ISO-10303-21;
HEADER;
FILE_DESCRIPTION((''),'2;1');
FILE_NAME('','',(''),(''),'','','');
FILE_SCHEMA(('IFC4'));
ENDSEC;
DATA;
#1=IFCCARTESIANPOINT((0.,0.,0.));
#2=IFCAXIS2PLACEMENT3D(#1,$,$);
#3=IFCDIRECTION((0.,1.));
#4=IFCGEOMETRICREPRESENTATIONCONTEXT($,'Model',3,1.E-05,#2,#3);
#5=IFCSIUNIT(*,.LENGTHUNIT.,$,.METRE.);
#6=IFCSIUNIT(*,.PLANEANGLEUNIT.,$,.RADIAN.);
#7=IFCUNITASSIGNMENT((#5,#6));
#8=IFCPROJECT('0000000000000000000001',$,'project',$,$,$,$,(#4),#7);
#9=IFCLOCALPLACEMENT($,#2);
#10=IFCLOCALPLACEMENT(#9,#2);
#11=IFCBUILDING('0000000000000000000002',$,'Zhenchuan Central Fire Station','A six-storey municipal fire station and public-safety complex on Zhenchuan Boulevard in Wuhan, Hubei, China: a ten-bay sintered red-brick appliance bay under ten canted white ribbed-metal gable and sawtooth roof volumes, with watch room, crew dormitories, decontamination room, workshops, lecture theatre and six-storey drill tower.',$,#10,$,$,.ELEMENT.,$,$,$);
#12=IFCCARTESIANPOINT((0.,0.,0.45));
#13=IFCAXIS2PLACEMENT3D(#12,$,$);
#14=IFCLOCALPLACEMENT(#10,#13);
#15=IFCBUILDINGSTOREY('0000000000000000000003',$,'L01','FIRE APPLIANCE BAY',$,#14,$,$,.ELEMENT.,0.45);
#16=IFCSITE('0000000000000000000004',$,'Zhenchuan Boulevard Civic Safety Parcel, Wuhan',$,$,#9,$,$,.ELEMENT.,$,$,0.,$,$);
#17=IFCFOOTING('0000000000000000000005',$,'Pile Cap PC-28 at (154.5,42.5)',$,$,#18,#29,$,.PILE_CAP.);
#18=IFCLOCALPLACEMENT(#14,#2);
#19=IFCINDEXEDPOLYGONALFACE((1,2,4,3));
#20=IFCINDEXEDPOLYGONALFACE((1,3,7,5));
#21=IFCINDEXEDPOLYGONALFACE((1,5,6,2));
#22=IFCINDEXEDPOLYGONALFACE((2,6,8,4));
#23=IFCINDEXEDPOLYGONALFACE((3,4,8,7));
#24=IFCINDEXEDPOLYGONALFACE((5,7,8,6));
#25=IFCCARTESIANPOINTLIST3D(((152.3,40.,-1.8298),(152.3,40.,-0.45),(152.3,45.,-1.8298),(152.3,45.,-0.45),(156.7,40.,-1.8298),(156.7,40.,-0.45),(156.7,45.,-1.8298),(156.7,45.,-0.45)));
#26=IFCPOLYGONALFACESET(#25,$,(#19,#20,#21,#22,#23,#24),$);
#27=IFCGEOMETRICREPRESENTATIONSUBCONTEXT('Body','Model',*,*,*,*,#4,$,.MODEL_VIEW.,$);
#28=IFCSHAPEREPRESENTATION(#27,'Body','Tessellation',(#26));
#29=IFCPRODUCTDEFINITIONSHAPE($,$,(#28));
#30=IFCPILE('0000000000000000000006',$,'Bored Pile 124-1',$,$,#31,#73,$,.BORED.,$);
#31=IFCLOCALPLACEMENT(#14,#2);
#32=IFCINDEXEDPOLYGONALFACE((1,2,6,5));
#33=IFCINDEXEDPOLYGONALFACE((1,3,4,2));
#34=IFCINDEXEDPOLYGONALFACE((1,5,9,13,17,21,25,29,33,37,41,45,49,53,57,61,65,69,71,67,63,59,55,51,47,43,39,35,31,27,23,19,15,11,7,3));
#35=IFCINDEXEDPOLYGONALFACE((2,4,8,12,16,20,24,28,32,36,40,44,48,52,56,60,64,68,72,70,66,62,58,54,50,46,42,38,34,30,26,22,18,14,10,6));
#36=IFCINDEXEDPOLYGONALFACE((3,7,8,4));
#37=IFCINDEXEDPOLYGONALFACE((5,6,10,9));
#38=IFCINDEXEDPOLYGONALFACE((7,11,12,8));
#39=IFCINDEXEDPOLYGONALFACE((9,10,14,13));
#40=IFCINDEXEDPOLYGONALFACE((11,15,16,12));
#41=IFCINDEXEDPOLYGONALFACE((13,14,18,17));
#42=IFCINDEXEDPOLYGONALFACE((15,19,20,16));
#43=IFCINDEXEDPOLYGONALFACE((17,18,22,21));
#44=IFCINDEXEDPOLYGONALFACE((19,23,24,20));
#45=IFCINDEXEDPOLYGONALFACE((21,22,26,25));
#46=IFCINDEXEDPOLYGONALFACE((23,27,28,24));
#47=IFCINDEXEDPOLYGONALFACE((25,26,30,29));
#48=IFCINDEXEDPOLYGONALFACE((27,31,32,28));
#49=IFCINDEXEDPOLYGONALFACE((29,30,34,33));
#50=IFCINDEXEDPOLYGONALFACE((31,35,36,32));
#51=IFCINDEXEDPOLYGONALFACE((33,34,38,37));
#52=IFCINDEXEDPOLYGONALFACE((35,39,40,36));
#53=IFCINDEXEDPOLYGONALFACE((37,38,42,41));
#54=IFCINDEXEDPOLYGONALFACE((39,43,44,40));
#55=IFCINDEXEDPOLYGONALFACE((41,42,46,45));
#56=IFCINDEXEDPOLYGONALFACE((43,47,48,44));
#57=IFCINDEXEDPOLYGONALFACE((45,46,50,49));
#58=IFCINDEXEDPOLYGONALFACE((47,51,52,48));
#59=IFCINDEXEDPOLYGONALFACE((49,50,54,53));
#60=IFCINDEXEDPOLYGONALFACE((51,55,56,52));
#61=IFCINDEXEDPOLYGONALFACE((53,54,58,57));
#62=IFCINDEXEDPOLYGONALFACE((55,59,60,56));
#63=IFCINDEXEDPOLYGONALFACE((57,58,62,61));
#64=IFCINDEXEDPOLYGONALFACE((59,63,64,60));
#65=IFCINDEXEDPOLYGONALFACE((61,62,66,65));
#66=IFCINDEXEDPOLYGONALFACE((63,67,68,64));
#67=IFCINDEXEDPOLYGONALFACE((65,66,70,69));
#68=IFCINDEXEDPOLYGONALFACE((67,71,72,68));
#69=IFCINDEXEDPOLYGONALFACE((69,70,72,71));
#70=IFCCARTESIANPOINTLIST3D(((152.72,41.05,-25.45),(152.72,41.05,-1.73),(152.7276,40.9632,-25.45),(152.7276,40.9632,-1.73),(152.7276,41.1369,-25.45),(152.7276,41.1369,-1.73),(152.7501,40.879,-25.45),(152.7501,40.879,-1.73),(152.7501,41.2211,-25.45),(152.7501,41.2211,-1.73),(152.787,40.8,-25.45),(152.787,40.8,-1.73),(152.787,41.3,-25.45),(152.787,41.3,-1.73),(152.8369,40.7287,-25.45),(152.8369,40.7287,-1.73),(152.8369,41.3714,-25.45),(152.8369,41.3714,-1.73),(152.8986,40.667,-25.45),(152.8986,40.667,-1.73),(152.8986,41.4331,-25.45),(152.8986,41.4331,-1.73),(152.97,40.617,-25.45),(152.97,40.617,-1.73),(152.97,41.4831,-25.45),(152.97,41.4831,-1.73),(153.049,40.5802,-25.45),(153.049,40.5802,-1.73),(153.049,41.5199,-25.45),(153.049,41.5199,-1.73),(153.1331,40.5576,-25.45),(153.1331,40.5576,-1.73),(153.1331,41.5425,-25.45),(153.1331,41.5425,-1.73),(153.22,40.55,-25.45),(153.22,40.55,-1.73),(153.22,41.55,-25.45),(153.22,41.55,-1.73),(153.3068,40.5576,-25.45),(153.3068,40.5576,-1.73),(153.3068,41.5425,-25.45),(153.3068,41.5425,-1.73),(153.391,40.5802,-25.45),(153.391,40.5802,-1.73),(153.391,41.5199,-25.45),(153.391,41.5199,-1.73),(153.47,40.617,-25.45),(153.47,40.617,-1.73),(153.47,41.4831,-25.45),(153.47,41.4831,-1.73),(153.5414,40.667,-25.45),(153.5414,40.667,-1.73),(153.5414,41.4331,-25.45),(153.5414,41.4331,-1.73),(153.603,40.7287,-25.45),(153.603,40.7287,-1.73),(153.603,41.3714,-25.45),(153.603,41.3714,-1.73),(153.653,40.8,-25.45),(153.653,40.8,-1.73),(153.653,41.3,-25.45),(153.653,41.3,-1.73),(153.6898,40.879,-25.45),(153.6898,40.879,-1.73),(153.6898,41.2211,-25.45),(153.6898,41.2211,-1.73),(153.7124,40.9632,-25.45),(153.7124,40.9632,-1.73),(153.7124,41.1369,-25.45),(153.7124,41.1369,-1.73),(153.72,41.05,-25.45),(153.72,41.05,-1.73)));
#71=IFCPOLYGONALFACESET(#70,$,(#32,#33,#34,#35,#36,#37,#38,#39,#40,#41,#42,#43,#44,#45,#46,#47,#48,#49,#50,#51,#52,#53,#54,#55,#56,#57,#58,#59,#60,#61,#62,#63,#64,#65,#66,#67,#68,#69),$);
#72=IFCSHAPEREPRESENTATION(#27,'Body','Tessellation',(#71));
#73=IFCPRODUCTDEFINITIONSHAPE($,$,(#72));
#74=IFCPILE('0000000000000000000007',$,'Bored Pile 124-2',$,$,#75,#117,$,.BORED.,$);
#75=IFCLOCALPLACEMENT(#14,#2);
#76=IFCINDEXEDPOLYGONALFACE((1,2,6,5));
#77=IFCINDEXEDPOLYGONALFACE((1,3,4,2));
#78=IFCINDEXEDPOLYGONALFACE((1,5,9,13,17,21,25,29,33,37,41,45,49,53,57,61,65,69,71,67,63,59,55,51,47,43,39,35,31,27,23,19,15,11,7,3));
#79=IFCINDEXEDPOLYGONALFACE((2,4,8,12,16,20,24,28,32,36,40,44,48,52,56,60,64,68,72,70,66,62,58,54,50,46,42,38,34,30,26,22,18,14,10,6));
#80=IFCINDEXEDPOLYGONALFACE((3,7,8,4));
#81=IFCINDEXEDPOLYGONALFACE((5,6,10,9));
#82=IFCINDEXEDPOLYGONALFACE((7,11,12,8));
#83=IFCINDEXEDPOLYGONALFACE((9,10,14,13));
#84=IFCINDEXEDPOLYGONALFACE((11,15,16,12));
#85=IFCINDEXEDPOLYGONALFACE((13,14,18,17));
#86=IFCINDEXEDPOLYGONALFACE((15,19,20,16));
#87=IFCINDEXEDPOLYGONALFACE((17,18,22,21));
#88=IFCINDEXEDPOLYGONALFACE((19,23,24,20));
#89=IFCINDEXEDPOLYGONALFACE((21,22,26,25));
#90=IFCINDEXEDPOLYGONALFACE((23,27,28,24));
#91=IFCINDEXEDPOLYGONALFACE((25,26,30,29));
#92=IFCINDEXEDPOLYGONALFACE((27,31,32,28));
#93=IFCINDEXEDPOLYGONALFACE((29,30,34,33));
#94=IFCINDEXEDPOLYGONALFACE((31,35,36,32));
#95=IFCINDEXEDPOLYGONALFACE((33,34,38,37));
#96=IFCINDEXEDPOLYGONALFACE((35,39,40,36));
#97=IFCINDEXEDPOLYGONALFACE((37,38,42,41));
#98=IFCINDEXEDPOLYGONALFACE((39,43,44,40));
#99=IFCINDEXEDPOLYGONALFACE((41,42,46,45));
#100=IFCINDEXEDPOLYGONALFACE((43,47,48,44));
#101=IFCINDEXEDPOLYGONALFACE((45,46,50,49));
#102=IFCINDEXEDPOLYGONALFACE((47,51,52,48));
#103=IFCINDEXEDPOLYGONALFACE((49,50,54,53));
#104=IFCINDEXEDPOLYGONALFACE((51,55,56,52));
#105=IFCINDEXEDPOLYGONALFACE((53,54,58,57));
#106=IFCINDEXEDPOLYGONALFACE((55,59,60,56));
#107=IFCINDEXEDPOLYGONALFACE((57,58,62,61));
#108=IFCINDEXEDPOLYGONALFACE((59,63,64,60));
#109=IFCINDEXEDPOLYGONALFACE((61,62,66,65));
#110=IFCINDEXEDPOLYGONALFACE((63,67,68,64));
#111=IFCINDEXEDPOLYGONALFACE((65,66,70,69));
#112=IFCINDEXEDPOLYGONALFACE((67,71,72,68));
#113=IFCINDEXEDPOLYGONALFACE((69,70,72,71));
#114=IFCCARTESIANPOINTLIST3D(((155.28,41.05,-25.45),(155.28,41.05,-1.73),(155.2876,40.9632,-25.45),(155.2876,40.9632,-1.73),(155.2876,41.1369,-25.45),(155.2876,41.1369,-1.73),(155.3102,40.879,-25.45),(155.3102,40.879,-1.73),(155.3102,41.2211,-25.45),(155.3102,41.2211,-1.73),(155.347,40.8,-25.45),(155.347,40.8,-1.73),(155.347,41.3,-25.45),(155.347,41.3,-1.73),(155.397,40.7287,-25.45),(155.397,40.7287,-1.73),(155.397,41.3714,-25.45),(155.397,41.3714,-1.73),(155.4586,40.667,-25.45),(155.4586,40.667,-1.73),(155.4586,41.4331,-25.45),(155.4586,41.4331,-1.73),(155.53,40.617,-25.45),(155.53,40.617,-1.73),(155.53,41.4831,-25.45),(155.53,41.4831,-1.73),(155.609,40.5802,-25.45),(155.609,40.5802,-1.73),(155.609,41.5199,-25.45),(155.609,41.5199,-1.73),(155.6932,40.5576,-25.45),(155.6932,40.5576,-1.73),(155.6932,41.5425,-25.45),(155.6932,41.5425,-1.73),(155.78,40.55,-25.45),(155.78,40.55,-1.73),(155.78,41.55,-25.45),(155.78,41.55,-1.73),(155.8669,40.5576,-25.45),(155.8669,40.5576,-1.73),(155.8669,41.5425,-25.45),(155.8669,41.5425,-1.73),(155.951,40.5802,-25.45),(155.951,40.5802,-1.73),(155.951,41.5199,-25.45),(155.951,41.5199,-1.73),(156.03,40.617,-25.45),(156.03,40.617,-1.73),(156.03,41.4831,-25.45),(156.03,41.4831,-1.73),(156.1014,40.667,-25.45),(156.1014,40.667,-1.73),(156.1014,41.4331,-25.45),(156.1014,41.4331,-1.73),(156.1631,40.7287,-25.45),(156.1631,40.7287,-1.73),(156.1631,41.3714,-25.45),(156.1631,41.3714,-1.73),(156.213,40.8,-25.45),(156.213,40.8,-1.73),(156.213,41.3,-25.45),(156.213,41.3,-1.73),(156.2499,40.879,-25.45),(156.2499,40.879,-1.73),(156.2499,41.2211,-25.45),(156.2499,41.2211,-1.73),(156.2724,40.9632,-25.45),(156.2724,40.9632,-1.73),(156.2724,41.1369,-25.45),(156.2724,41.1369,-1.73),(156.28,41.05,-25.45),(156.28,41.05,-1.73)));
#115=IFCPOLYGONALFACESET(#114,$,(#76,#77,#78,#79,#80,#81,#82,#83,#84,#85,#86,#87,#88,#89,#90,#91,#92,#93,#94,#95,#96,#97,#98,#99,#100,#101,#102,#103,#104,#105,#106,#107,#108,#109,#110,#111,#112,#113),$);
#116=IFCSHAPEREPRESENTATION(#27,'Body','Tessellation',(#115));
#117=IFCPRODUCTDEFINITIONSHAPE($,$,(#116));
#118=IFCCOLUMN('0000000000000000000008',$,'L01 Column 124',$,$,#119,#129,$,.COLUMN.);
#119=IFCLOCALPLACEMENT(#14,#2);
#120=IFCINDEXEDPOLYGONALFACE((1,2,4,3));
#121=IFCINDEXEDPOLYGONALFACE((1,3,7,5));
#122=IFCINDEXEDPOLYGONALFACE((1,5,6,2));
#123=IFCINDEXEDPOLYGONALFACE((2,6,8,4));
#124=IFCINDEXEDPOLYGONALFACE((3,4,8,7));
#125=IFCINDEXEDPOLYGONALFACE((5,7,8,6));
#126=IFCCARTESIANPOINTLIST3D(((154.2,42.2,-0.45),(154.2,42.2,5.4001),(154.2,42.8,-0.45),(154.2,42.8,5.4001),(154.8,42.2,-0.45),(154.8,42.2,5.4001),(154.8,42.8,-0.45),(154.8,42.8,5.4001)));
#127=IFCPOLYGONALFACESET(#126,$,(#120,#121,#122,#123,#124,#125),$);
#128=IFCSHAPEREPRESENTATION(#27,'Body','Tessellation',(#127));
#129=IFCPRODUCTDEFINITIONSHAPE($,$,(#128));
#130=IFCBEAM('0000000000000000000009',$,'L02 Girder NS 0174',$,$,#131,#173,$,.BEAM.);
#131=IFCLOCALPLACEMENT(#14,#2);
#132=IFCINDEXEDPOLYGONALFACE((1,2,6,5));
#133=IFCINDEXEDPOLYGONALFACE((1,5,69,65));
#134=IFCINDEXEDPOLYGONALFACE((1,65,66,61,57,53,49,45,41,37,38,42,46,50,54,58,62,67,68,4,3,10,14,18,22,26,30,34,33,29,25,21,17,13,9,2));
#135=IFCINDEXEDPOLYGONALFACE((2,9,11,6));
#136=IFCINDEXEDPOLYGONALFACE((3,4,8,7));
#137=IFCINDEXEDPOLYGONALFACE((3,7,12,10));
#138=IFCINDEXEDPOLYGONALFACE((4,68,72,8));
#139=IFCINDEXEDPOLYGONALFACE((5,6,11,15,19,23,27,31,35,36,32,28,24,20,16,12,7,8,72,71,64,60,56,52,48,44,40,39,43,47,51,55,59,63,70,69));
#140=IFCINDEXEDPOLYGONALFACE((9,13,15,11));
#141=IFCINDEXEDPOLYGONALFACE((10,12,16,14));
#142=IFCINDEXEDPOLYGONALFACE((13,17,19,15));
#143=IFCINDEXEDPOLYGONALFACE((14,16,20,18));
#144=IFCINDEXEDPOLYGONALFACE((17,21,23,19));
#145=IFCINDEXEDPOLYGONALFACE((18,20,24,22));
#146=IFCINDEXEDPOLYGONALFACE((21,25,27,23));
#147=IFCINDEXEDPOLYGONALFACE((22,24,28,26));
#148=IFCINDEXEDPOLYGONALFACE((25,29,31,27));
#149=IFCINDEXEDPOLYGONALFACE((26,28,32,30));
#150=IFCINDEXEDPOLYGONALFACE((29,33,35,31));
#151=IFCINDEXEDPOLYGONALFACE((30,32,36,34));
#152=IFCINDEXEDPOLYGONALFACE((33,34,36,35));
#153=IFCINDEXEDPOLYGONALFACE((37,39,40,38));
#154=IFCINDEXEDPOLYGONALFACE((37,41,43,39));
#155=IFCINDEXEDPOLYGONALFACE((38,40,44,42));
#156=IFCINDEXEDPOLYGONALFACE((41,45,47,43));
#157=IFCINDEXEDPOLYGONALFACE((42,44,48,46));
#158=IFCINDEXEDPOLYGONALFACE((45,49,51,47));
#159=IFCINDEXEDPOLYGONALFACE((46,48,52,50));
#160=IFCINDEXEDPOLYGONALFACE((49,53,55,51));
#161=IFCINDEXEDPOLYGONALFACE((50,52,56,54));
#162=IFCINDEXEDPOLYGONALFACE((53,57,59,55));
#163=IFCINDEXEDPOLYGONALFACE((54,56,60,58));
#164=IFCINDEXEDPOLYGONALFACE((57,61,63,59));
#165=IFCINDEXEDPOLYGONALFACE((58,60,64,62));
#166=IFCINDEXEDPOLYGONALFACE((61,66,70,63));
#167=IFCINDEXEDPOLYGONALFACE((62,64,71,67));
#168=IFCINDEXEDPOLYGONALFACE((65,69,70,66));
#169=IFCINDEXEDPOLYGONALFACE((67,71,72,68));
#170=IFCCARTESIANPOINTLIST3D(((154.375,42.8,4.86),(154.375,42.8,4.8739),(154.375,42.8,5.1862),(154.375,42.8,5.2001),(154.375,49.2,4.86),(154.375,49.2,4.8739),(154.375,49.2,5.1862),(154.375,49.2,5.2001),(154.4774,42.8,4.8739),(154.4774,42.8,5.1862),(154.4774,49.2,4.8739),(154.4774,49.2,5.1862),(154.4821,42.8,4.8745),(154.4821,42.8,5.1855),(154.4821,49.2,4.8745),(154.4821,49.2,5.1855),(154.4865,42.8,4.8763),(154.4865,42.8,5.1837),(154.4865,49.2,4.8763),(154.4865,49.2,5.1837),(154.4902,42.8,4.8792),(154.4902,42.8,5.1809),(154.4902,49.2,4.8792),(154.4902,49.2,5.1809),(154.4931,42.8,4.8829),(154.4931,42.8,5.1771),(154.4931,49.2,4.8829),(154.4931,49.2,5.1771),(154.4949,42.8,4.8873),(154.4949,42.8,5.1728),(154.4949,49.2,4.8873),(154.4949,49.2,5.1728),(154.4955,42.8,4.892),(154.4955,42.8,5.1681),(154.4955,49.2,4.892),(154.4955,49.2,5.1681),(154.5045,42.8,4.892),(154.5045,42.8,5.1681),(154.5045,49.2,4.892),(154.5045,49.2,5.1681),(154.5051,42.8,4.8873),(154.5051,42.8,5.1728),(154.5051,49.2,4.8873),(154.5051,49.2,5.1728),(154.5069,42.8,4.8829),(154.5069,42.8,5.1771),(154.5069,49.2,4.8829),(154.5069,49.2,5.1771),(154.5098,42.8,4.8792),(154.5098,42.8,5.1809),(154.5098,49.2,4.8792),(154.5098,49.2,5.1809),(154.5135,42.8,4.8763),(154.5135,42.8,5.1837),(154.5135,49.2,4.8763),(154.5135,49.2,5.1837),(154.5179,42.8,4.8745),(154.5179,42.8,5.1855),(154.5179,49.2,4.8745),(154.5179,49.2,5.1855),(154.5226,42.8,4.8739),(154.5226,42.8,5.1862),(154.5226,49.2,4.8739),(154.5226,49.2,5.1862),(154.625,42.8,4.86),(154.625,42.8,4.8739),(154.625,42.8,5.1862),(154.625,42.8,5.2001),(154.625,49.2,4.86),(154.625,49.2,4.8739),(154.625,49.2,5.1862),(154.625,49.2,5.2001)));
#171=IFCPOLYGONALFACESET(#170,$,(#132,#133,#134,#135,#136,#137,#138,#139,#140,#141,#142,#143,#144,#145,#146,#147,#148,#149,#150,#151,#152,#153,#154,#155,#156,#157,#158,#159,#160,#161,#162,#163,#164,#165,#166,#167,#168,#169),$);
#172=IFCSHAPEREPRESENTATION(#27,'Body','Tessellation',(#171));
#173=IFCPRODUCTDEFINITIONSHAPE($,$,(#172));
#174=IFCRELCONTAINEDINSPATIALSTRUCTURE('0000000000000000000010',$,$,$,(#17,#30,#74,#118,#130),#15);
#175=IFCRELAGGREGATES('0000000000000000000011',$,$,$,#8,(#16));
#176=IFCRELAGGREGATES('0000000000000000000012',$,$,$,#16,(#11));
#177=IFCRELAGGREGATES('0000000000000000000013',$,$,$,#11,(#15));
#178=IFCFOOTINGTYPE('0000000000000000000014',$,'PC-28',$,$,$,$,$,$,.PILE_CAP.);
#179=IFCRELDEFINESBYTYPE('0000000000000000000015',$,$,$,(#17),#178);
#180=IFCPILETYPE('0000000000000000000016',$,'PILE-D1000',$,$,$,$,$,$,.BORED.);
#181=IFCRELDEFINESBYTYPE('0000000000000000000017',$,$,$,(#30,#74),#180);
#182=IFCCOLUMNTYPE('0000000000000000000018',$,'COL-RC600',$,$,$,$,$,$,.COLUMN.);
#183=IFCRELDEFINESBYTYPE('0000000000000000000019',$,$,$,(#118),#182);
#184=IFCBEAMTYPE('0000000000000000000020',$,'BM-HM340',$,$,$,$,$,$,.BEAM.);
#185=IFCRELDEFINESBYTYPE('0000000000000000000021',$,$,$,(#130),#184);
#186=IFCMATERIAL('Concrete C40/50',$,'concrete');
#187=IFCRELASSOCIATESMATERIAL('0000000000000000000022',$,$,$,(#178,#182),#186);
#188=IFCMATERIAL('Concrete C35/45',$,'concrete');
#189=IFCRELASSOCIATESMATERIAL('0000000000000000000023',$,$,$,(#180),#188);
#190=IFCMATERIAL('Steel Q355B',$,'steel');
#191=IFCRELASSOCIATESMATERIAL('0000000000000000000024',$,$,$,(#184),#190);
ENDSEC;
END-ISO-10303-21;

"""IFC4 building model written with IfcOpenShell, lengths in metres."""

from ifc_helpers import new_model, si_unit, direction, frame, origin, origin_2d, place, context, subcontext, project, spatial, rectangle, circle, i_section, extrude, material, material_profile, profile_set, type_object, element, save


model = new_model("IFC4")

# Units and contexts
model_context = context("Model", 3, precision=1e-05, world=origin(), true_north=direction((0.0, 1.0)))
body_context = subcontext(model_context, "Body", "Model", "MODEL_VIEW")
ifc_project = project(units=[si_unit("LENGTHUNIT", "METRE"), si_unit("PLANEANGLEUNIT", "RADIAN")], contexts=[model_context])

# Site, building, storey
site_placement = place(None, origin())
site = spatial("IfcSite", under=ifc_project, at=site_placement, Name="Zhenchuan Boulevard Civic Safety Parcel, Wuhan", CompositionType="ELEMENT", RefElevation=0.0)
building_placement = place(site_placement, origin())
building = spatial("IfcBuilding", under=site, at=building_placement, Name="Zhenchuan Central Fire Station", Description="A six-storey municipal fire station and public-safety complex on Zhenchuan Boulevard in Wuhan, Hubei, China: a ten-bay sintered red-brick appliance bay under ten canted white ribbed-metal gable and sawtooth roof volumes, with watch room, crew dormitories, decontamination room, workshops, lecture theatre and six-storey drill tower.", CompositionType="ELEMENT")
storey_placement = place(building_placement, frame((0.0, 0.0, 0.45)))
storey = spatial("IfcBuildingStorey", under=building, at=storey_placement, Name="L01", Description="FIRE APPLIANCE BAY", CompositionType="ELEMENT", Elevation=0.45)

# Footing
ifc_material_1 = material(Name="Concrete C40/50", Category="concrete")
footing_type = type_object("IfcFootingType", Name="PC-28", PredefinedType="PILE_CAP", material=ifc_material_1)
footing_placement = place(storey_placement, frame((154.5, 42.5, -1.8298), z_axis=(0.0, 0.0, 1.0), x_axis=(1.0, 0.0, 0.0)))
element("IfcFooting", 1, at=footing_placement, inside=storey, type_object=footing_type, Name="Pile Cap PC-28 at (154.5,42.5)", PredefinedType="PILE_CAP", context=body_context, shape_type="SweptSolid", body=[
    extrude(rectangle(XDim=4.3999, YDim=5.0, at=origin_2d()), origin(), (0.0, 0.0, 1.0), 1.3799),
])

# Piles
ifc_material_2 = material(Name="Concrete C35/45", Category="concrete")
ifc_material_profile_1 = material_profile(ifc_material_2, circle(Radius=0.5, at=origin_2d()), Name="PILE D1000")
ifc_profile_set_1 = profile_set([ifc_material_profile_1], Name="Concrete C35/45")
pile_type = type_object("IfcPileType", Name="PILE-D1000", PredefinedType="BORED", material=ifc_profile_set_1)
for number, where, z_axis, x_axis, name in (
    (2, (153.22, 41.05, -1.73), (0.0, 0.0, -1.0), (1.0, 0.0, 0.0), "Bored Pile 124-1"),
    (3, (155.78, 41.05, -1.73), (0.0, 0.0, -1.0), (1.0, 0.0, 0.0), "Bored Pile 124-2"),
):
    element("IfcPile", number, at=place(storey_placement, frame(where, z_axis=z_axis, x_axis=x_axis)), inside=storey, type_object=pile_type, Name=name, PredefinedType="BORED", context=body_context, shape_type="SweptSolid", body=[
        extrude(circle(Radius=0.5, at=origin_2d()), origin(), (0.0, 0.0, 1.0), 23.72),
    ])

# Column
ifc_material_profile_2 = material_profile(ifc_material_1, rectangle(XDim=0.6001, YDim=0.6001, at=origin_2d()), Name="RC 600x600")
ifc_profile_set_2 = profile_set([ifc_material_profile_2], Name="Concrete C40/50")
column_type = type_object("IfcColumnType", Name="COL-RC600", PredefinedType="COLUMN", material=ifc_profile_set_2)
column_placement = place(storey_placement, frame((154.5, 42.5, -0.45), z_axis=(0.0, 0.0, 1.0), x_axis=(1.0, 0.0, 0.0)))
element("IfcColumn", 4, at=column_placement, inside=storey, type_object=column_type, Name="L01 Column 124", PredefinedType="COLUMN", context=body_context, shape_type="SweptSolid", body=[
    extrude(rectangle(XDim=0.6001, YDim=0.6001, at=origin_2d()), origin(), (0.0, 0.0, 1.0), 5.8501),
])

# Beam
ifc_material_3 = material(Name="Steel Q355B", Category="steel")
ifc_material_profile_3 = material_profile(ifc_material_3, i_section(OverallWidth=0.25, OverallDepth=0.3401, WebThickness=0.009, FlangeThickness=0.0139, FilletRadius=0.0181, at=origin_2d()), Name="HM 340x250")
ifc_profile_set_3 = profile_set([ifc_material_profile_3], Name="Steel Q355B")
beam_type_1 = type_object("IfcBeamType", Name="BM-HM340", PredefinedType="BEAM", material=ifc_profile_set_3)
beam_1_placement = place(storey_placement, frame((154.5, 42.8, 5.03), z_axis=(0.0, 1.0, 0.0), x_axis=(-1.0, 0.0, 0.0)))
element("IfcBeam", 5, at=beam_1_placement, inside=storey, type_object=beam_type_1, Name="L02 Girder NS 0174", PredefinedType="BEAM", context=body_context, shape_type="SweptSolid", body=[
    extrude(i_section(OverallWidth=0.25, OverallDepth=0.3401, WebThickness=0.009, FlangeThickness=0.0139, FilletRadius=0.0181, at=origin_2d()), origin(), (0.0, 0.0, 1.0), 6.3999),
])

save(model, "model.ifc")
